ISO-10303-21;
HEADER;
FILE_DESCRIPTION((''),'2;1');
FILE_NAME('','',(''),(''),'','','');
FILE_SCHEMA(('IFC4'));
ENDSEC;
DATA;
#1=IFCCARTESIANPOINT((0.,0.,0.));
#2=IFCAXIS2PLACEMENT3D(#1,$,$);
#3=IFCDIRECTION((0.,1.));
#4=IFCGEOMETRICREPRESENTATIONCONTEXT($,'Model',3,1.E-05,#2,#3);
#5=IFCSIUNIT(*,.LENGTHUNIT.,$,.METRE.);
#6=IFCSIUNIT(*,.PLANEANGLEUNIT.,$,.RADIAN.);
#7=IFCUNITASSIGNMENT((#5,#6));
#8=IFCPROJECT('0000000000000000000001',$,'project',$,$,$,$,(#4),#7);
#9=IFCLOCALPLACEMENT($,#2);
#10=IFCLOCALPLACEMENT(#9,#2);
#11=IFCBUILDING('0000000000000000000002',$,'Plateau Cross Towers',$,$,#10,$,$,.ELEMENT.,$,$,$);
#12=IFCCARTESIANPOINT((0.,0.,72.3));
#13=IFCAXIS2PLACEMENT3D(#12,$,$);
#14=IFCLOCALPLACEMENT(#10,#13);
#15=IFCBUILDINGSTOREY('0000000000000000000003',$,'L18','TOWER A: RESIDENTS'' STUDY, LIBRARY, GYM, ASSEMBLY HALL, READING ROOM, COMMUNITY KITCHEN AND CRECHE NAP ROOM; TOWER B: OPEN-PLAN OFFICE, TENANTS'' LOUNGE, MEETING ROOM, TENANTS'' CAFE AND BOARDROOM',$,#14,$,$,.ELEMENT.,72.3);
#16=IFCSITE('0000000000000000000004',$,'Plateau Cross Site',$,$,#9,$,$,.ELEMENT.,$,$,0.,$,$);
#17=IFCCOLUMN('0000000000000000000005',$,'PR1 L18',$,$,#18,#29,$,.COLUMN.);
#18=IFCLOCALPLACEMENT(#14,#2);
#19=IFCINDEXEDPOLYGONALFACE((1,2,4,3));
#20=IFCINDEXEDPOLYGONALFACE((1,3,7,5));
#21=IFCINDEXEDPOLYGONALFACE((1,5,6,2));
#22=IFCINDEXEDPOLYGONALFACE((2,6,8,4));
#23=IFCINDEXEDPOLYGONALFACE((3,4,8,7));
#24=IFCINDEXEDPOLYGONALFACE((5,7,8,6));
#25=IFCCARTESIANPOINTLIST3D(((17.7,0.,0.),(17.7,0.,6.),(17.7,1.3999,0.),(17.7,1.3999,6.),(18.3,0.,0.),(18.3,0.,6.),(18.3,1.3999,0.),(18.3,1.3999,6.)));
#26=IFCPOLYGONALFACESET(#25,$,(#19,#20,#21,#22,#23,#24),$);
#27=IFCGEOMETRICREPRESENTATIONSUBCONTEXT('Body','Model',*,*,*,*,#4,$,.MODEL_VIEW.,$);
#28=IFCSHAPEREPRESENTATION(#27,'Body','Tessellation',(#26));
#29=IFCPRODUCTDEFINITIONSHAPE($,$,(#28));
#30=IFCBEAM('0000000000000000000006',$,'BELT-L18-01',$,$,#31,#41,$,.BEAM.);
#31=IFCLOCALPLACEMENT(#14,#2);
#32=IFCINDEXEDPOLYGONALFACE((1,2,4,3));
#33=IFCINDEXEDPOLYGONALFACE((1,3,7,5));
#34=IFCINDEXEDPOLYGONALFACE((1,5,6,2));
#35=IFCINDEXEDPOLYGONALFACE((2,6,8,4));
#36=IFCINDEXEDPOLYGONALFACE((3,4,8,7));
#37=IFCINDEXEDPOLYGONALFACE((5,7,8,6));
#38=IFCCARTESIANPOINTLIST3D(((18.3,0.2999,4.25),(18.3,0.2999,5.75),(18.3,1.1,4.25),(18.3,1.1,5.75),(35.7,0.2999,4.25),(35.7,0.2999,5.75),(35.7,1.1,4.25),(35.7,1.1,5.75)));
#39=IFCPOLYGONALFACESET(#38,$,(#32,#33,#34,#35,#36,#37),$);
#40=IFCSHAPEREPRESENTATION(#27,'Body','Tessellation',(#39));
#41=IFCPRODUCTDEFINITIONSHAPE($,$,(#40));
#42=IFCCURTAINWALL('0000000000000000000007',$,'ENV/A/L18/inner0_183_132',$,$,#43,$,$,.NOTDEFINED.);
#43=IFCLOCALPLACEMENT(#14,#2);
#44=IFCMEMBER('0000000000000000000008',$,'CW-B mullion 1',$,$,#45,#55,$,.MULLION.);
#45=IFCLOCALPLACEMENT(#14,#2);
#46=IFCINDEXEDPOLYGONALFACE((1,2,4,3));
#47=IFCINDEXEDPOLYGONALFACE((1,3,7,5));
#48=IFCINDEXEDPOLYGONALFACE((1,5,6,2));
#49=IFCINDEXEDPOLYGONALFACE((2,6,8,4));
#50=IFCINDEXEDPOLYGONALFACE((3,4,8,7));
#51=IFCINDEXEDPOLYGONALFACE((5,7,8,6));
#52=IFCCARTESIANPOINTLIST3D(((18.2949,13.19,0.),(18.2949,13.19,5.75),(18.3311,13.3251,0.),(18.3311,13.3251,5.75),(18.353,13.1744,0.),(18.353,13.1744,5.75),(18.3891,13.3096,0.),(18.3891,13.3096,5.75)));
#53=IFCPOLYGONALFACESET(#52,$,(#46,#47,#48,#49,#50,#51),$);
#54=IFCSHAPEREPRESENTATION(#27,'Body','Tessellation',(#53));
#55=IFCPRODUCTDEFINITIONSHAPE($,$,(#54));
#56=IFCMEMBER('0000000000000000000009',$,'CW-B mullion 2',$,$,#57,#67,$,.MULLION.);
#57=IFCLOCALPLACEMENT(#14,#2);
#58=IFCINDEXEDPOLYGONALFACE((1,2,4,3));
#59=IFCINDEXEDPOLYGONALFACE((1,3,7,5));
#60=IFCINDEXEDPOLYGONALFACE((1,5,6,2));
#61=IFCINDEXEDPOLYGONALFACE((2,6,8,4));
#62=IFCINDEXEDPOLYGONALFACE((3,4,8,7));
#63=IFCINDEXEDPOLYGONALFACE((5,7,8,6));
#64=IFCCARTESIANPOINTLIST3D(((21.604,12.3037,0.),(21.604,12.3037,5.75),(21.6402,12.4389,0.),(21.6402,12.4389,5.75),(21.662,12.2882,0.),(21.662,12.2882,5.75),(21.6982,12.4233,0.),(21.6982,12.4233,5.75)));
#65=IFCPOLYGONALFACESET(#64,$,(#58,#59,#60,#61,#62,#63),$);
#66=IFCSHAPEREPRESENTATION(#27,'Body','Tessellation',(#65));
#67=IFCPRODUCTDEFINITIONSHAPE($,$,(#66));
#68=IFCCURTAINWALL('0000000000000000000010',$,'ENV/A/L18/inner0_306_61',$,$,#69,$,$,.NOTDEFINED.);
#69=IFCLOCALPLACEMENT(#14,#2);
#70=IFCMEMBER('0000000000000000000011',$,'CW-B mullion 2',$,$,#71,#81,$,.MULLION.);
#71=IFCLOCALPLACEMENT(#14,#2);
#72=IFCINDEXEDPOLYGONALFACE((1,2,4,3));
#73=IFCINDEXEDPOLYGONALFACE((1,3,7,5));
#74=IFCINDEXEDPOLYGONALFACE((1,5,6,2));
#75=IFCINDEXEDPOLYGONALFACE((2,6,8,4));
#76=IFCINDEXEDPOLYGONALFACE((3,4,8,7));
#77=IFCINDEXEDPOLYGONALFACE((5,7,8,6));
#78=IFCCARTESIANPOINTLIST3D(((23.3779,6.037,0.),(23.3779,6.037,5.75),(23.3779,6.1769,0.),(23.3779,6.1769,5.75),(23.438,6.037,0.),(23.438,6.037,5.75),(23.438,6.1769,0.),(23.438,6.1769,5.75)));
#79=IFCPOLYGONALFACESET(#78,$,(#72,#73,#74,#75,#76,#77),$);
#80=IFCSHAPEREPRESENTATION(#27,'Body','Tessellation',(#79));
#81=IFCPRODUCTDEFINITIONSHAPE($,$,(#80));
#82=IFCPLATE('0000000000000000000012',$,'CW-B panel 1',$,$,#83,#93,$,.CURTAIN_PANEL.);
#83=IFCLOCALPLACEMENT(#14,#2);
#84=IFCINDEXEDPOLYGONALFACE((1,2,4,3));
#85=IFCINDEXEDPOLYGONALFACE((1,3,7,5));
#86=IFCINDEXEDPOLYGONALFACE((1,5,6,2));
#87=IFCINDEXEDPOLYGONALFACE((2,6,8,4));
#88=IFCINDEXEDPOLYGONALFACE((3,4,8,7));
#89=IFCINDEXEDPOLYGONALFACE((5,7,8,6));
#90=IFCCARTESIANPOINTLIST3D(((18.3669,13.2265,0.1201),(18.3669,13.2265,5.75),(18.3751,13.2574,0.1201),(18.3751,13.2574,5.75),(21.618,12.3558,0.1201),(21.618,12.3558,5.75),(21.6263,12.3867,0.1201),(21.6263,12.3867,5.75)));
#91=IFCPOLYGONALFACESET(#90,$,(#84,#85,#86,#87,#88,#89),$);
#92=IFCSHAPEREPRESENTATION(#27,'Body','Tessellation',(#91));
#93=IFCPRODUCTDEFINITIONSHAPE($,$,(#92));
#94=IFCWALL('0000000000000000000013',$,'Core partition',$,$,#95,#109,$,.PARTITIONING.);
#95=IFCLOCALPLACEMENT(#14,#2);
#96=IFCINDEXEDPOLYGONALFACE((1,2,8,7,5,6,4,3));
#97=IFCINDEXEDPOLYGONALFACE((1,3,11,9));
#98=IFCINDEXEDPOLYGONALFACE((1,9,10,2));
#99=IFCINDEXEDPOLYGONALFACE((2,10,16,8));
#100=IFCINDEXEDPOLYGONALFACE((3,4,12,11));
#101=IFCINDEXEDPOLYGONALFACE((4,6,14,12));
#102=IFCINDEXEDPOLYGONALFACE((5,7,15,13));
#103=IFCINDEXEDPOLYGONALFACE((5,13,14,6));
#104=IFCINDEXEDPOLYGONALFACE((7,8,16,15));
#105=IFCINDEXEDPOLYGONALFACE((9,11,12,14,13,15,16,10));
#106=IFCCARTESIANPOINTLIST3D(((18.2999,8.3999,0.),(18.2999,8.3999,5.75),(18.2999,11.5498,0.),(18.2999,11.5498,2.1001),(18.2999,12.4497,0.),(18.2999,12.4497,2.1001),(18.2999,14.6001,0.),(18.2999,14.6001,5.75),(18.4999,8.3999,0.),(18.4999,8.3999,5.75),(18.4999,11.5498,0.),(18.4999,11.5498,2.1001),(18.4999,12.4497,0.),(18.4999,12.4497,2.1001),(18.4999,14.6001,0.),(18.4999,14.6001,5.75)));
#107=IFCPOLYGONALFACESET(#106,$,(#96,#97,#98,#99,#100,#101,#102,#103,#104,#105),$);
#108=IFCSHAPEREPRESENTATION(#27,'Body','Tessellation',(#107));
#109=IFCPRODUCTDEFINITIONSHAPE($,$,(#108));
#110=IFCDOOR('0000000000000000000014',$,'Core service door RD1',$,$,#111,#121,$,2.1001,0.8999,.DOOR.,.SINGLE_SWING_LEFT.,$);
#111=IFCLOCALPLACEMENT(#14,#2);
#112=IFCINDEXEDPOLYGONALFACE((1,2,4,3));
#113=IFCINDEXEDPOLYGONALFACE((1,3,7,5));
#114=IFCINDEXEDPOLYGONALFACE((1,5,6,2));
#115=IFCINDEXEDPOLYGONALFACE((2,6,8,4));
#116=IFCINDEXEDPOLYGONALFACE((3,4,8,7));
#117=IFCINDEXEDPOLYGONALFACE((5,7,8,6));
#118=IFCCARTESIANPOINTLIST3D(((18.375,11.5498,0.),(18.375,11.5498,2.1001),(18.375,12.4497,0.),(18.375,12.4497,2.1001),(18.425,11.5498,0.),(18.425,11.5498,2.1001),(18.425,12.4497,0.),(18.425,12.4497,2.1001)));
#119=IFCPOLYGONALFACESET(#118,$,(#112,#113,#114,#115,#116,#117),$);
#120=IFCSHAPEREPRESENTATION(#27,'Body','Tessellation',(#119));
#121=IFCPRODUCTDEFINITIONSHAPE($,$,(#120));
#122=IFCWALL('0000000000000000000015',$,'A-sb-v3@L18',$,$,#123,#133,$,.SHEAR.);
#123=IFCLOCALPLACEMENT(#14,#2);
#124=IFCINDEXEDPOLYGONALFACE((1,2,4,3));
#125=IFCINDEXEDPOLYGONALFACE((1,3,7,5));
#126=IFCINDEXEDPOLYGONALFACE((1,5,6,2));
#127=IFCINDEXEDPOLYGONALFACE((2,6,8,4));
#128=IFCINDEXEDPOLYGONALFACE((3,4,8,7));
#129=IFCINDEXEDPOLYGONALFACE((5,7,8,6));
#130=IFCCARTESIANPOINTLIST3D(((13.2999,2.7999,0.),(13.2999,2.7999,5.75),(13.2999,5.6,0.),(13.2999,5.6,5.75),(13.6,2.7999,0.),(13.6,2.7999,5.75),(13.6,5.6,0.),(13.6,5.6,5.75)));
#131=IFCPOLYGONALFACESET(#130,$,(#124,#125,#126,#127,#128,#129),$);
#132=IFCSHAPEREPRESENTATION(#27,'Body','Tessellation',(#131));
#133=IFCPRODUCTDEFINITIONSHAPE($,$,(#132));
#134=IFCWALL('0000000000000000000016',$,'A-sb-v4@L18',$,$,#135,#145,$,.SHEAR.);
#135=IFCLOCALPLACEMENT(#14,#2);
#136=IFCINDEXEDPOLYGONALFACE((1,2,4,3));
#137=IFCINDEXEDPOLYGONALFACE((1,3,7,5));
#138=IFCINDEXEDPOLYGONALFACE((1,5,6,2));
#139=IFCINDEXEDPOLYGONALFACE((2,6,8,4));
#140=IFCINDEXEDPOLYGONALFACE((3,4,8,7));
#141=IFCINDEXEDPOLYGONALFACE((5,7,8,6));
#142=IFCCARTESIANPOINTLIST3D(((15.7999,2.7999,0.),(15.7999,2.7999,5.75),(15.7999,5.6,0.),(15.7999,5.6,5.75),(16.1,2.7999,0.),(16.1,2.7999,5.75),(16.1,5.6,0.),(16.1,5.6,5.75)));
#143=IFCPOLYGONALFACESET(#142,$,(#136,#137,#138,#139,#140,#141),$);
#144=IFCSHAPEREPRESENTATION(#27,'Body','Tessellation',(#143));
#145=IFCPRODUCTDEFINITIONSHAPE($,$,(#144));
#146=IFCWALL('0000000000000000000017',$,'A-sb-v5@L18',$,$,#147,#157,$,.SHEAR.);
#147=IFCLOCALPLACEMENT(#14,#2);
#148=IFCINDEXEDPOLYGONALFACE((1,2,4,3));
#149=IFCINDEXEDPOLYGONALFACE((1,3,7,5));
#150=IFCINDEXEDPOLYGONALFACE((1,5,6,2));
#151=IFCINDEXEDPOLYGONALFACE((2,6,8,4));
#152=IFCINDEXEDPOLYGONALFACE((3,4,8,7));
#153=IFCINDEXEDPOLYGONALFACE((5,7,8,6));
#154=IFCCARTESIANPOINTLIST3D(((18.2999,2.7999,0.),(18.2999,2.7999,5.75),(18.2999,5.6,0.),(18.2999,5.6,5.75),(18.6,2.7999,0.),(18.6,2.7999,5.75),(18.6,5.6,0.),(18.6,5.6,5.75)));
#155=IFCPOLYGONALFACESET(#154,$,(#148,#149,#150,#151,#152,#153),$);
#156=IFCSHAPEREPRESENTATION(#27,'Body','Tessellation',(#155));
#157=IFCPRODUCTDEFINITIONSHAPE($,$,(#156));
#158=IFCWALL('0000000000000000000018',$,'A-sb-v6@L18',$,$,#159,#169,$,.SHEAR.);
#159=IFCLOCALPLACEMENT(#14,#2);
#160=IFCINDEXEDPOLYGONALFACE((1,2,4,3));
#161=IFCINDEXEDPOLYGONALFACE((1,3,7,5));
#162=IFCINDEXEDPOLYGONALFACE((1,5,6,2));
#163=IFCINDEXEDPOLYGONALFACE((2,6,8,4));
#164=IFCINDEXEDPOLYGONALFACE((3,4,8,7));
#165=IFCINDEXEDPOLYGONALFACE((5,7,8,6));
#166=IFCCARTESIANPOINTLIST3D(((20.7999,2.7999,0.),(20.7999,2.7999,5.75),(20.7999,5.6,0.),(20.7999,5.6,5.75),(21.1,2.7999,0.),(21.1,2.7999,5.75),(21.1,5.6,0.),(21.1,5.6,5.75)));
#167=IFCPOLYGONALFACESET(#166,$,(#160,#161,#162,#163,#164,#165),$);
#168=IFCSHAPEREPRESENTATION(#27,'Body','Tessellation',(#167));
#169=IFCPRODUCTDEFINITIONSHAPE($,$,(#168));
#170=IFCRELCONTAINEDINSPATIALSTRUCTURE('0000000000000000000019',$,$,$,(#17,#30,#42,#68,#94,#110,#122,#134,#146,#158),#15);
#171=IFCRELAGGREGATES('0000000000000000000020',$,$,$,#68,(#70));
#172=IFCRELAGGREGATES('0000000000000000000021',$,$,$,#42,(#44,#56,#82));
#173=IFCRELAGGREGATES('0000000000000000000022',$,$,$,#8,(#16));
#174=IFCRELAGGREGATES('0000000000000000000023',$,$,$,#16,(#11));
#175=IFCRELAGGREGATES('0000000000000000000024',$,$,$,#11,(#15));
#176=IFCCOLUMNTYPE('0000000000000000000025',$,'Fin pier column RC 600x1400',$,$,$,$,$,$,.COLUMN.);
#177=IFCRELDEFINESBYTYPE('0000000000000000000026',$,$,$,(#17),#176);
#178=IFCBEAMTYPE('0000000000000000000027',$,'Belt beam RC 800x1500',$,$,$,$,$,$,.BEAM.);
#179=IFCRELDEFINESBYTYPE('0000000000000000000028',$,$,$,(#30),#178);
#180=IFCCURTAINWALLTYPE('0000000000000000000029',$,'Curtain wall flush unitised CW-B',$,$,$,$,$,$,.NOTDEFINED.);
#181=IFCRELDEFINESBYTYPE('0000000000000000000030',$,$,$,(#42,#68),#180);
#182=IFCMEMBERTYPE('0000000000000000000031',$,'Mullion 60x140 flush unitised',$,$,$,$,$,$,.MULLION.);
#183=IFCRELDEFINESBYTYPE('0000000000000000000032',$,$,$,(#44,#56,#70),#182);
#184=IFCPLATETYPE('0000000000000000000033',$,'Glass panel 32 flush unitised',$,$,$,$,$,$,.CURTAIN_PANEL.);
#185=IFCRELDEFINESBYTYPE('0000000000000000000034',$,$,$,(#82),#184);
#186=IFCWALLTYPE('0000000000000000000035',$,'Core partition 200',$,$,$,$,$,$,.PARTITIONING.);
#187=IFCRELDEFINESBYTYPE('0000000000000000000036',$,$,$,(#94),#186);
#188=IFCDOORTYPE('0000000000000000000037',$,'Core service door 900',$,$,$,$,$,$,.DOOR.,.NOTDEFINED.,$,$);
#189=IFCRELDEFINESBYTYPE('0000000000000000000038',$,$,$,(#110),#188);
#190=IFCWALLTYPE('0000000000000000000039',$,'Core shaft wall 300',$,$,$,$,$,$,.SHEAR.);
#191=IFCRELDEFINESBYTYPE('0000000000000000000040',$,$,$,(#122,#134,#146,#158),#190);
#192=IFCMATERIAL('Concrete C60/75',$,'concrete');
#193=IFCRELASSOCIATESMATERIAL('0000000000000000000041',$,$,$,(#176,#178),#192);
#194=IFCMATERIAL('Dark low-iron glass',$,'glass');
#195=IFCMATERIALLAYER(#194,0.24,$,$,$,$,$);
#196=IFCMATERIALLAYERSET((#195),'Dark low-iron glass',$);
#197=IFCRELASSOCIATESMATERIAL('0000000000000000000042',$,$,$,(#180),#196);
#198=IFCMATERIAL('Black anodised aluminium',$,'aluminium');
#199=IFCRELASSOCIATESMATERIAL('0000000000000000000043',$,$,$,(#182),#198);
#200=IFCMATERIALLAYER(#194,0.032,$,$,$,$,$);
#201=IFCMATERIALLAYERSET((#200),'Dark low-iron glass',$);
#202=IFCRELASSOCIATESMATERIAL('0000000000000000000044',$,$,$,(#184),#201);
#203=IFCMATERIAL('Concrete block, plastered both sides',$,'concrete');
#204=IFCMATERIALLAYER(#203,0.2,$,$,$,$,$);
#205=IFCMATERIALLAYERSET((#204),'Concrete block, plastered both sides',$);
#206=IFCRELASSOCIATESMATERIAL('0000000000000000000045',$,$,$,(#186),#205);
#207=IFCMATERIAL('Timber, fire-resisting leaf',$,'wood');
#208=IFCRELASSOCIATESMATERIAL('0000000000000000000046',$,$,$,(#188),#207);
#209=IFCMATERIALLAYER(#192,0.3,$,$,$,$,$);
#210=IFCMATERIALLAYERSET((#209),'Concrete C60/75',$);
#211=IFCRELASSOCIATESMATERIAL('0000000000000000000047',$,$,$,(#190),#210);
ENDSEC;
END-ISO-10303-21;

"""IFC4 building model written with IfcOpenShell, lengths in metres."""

from ifc_helpers import new_model, si_unit, direction, frame, frame_2d, origin, origin_2d, place, context, subcontext, project, spatial, rectangle, extrude, material, layer, layer_set, material_profile, profile_set, type_object, element, fill, aggregate, save


model = new_model("IFC4")

# Units and contexts
model_context = context("Model", 3, precision=1e-05, world=origin(), true_north=direction((0.0, 1.0)))
body_context = subcontext(model_context, "Body", "Model", "MODEL_VIEW")
ifc_project = project(units=[si_unit("LENGTHUNIT", "METRE"), si_unit("PLANEANGLEUNIT", "RADIAN")], contexts=[model_context])

# Site, building, storey
site_placement = place(None, origin())
site = spatial("IfcSite", under=ifc_project, at=site_placement, Name="Plateau Cross Site", CompositionType="ELEMENT", RefElevation=0.0)
building_placement = place(site_placement, origin())
building = spatial("IfcBuilding", under=site, at=building_placement, Name="Plateau Cross Towers", CompositionType="ELEMENT")
storey_placement = place(building_placement, frame((0.0, 0.0, 72.3)))
storey = spatial("IfcBuildingStorey", under=building, at=storey_placement, Name="L18", Description="TOWER A: RESIDENTS' STUDY, LIBRARY, GYM, ASSEMBLY HALL, READING ROOM, COMMUNITY KITCHEN AND CRECHE NAP ROOM; TOWER B: OPEN-PLAN OFFICE, TENANTS' LOUNGE, MEETING ROOM, TENANTS' CAFE AND BOARDROOM", CompositionType="ELEMENT", Elevation=72.3)

# Column
ifc_material_1 = material(Name="Concrete C60/75", Category="concrete")
ifc_material_profile_1 = material_profile(ifc_material_1, rectangle(XDim=0.6001, YDim=1.3999, at=origin_2d()), Name="RC 600x1400")
ifc_profile_set_1 = profile_set([ifc_material_profile_1], Name="Concrete C60/75")
column_type = type_object("IfcColumnType", Name="Fin pier column RC 600x1400", PredefinedType="COLUMN", material=ifc_profile_set_1)
column_placement = place(storey_placement, frame((18.0, 0.7, 0.0), z_axis=(0.0, 0.0, 1.0), x_axis=(1.0, 0.0, 0.0)))
element("IfcColumn", 1, at=column_placement, inside=storey, type_object=column_type, Name="PR1 L18", PredefinedType="COLUMN", context=body_context, shape_type="SweptSolid", body=[
    extrude(rectangle(XDim=0.6001, YDim=1.3999, at=origin_2d()), origin(), (0.0, 0.0, 1.0), 6.0),
])

# Beam
ifc_material_profile_2 = material_profile(ifc_material_1, rectangle(XDim=0.8, YDim=1.5, at=origin_2d()), Name="RC 800x1500")
ifc_profile_set_2 = profile_set([ifc_material_profile_2], Name="Concrete C60/75")
beam_type = type_object("IfcBeamType", Name="Belt beam RC 800x1500", PredefinedType="BEAM", material=ifc_profile_set_2)
beam_placement = place(storey_placement, frame((18.3, 0.7, 5.0), z_axis=(1.0, 0.0, 0.0), x_axis=(0.0, 1.0, 0.0)))
element("IfcBeam", 2, at=beam_placement, inside=storey, type_object=beam_type, Name="BELT-L18-01", PredefinedType="BEAM", context=body_context, shape_type="SweptSolid", body=[
    extrude(rectangle(XDim=0.8, YDim=1.5, at=origin_2d()), origin(), (0.0, 0.0, 1.0), 17.3999),
])

# Curtain wall, members
ifc_material_2 = material(Name="Dark low-iron glass", Category="glass")
ifc_layer_1 = layer(ifc_material_2, 0.24)
ifc_layer_set_1 = layer_set([ifc_layer_1], Name="Dark low-iron glass")
curtain_wall_type = type_object("IfcCurtainWallType", Name="Curtain wall flush unitised CW-B", PredefinedType="NOTDEFINED", material=ifc_layer_set_1)
curtain_wall_1_placement = place(storey_placement, origin())
curtain_wall_1 = element("IfcCurtainWall", 3, at=curtain_wall_1_placement, inside=storey, type_object=curtain_wall_type, Name="ENV/A/L18/inner0_183_132", PredefinedType="NOTDEFINED")
ifc_material_3 = material(Name="Black anodised aluminium", Category="aluminium")
ifc_material_profile_3 = material_profile(ifc_material_3, rectangle(XDim=0.0601, YDim=0.1399, at=origin_2d()), Name="MULLION 60x140")
ifc_profile_set_3 = profile_set([ifc_material_profile_3], Name="Black anodised aluminium")
member_type = type_object("IfcMemberType", Name="Mullion 60x140 flush unitised", PredefinedType="MULLION", material=ifc_profile_set_3)
member_1_placement = place(storey_placement, frame((18.342, 13.2498, 0.0), z_axis=(0.0, 0.0, 1.0), x_axis=(0.965958, -0.258699, 0.0)))
member_1 = element("IfcMember", 4, at=member_1_placement, type_object=member_type, Name="CW-B mullion 1", PredefinedType="MULLION", context=body_context, shape_type="SweptSolid", body=[
    extrude(rectangle(XDim=0.0601, YDim=0.1399, at=origin_2d()), origin(), (0.0, 0.0, 1.0), 5.75),
])
member_2_placement = place(storey_placement, frame((21.6511, 12.3635, 0.0), z_axis=(0.0, 0.0, 1.0), x_axis=(0.965958, -0.258699, 0.0)))
member_2 = element("IfcMember", 5, at=member_2_placement, type_object=member_type, Name="CW-B mullion 2", PredefinedType="MULLION", context=body_context, shape_type="SweptSolid", body=[
    extrude(rectangle(XDim=0.0601, YDim=0.1399, at=origin_2d()), origin(), (0.0, 0.0, 1.0), 5.75),
])

# Curtain wall, member
curtain_wall_2_placement = place(storey_placement, origin())
curtain_wall_2 = element("IfcCurtainWall", 6, at=curtain_wall_2_placement, inside=storey, type_object=curtain_wall_type, Name="ENV/A/L18/inner0_306_61", PredefinedType="NOTDEFINED")
member_3_placement = place(storey_placement, frame((23.408, 6.1069, 0.0), z_axis=(0.0, 0.0, 1.0), x_axis=(-1.0, 0.0, 0.0)))
member_3 = element("IfcMember", 7, at=member_3_placement, type_object=member_type, Name="CW-B mullion 2", PredefinedType="MULLION", context=body_context, shape_type="SweptSolid", body=[
    extrude(rectangle(XDim=0.0601, YDim=0.1399, at=origin_2d()), origin(), (0.0, 0.0, 1.0), 5.75),
])
aggregate(curtain_wall_2, [member_3])

# Plate
ifc_layer_2 = layer(ifc_material_2, 0.032)
ifc_layer_set_2 = layer_set([ifc_layer_2], Name="Dark low-iron glass")
plate_type = type_object("IfcPlateType", Name="Glass panel 32 flush unitised", PredefinedType="CURTAIN_PANEL", material=ifc_layer_set_2)
plate_placement = place(storey_placement, frame((19.9966, 12.8066, 0.1201), z_axis=(0.0, 0.0, 1.0), x_axis=(0.965958, -0.258699, 0.0)))
plate = element("IfcPlate", 8, at=plate_placement, type_object=plate_type, Name="CW-B panel 1", PredefinedType="CURTAIN_PANEL", context=body_context, shape_type="SweptSolid", body=[
    extrude(rectangle(XDim=3.3657, YDim=0.032, at=origin_2d()), origin(), (0.0, 0.0, 1.0), 5.6299),
])
aggregate(curtain_wall_1, [member_1, member_2, plate])

# Wall, opening, door
ifc_material_4 = material(Name="Concrete block, plastered both sides", Category="concrete")
ifc_layer_3 = layer(ifc_material_4, 0.2)
ifc_layer_set_3 = layer_set([ifc_layer_3], Name="Concrete block, plastered both sides")
wall_type_1 = type_object("IfcWallType", Name="Core partition 200", PredefinedType="PARTITIONING", material=ifc_layer_set_3)
wall_1_placement = place(storey_placement, frame((18.3999, 8.3999, 0.0), z_axis=(0.0, 0.0, 1.0), x_axis=(0.0, 1.0, 0.0)))
wall_1 = element("IfcWall", 9, at=wall_1_placement, inside=storey, type_object=wall_type_1, Name="Core partition", PredefinedType="PARTITIONING", context=body_context, shape_type="SweptSolid", body=[
    extrude(rectangle(XDim=6.2002, YDim=0.2, at=frame_2d((3.1001, 0.0))), origin(), (0.0, 0.0, 1.0), 5.75),
])
opening_1_placement = place(wall_1_placement, frame((3.1499, 0.0, 0.0)))
opening_1 = element("IfcOpeningElement", 10, at=opening_1_placement, cuts=wall_1, PredefinedType="OPENING", context=body_context, shape_type="SweptSolid", body=[
    extrude(rectangle(XDim=0.8999, YDim=2.1001, at=frame_2d((0.45, 1.05))), frame((0.0, 0.1099, 0.0), z_axis=(0.0, -1.0, 0.0), x_axis=(1.0, 0.0, 0.0)), (0.0, 0.0, 1.0), 0.22),
])
ifc_material_5 = material(Name="Timber, fire-resisting leaf", Category="wood")
door_type_1 = type_object("IfcDoorType", Name="Core service door 900", OperationType="NOTDEFINED", PredefinedType="DOOR", material=ifc_material_5)
door_1_placement = place(opening_1_placement, origin())
door_1 = element("IfcDoor", 11, at=door_1_placement, inside=storey, type_object=door_type_1, Name="Core service door RD1", OperationType="SINGLE_SWING_LEFT", OverallHeight=2.1001, OverallWidth=0.8999, PredefinedType="DOOR", context=body_context, shape_type="SweptSolid", body=[
    extrude(rectangle(XDim=0.8999, YDim=2.1001, at=frame_2d((0.45, 1.05))), frame((0.0, 0.0249, 0.0), z_axis=(0.0, -1.0, 0.0), x_axis=(1.0, 0.0, 0.0)), (0.0, 0.0, 1.0), 0.05),
])
fill(opening_1, door_1)

# Walls
ifc_layer_4 = layer(ifc_material_1, 0.3)
ifc_layer_set_4 = layer_set([ifc_layer_4], Name="Concrete C60/75")
wall_type_2 = type_object("IfcWallType", Name="Core shaft wall 300", PredefinedType="SHEAR", material=ifc_layer_set_4)
for number, where, z_axis, x_axis, name in (
    (12, (13.45, 2.8, 0.0), (0.0, 0.0, 1.0), (0.0, 1.0, 0.0), "A-sb-v3@L18"),
    (13, (15.95, 2.8, 0.0), (0.0, 0.0, 1.0), (0.0, 1.0, 0.0), "A-sb-v4@L18"),
    (14, (18.45, 2.8, 0.0), (0.0, 0.0, 1.0), (0.0, 1.0, 0.0), "A-sb-v5@L18"),
    (15, (20.95, 2.8, 0.0), (0.0, 0.0, 1.0), (0.0, 1.0, 0.0), "A-sb-v6@L18"),
):
    element("IfcWall", number, at=place(storey_placement, frame(where, z_axis=z_axis, x_axis=x_axis)), inside=storey, type_object=wall_type_2, Name=name, PredefinedType="SHEAR", context=body_context, shape_type="SweptSolid", body=[
        extrude(rectangle(XDim=2.8, YDim=0.3, at=frame_2d((1.3999, 0.0))), origin(), (0.0, 0.0, 1.0), 5.75),
    ])

save(model, "model.ifc")
